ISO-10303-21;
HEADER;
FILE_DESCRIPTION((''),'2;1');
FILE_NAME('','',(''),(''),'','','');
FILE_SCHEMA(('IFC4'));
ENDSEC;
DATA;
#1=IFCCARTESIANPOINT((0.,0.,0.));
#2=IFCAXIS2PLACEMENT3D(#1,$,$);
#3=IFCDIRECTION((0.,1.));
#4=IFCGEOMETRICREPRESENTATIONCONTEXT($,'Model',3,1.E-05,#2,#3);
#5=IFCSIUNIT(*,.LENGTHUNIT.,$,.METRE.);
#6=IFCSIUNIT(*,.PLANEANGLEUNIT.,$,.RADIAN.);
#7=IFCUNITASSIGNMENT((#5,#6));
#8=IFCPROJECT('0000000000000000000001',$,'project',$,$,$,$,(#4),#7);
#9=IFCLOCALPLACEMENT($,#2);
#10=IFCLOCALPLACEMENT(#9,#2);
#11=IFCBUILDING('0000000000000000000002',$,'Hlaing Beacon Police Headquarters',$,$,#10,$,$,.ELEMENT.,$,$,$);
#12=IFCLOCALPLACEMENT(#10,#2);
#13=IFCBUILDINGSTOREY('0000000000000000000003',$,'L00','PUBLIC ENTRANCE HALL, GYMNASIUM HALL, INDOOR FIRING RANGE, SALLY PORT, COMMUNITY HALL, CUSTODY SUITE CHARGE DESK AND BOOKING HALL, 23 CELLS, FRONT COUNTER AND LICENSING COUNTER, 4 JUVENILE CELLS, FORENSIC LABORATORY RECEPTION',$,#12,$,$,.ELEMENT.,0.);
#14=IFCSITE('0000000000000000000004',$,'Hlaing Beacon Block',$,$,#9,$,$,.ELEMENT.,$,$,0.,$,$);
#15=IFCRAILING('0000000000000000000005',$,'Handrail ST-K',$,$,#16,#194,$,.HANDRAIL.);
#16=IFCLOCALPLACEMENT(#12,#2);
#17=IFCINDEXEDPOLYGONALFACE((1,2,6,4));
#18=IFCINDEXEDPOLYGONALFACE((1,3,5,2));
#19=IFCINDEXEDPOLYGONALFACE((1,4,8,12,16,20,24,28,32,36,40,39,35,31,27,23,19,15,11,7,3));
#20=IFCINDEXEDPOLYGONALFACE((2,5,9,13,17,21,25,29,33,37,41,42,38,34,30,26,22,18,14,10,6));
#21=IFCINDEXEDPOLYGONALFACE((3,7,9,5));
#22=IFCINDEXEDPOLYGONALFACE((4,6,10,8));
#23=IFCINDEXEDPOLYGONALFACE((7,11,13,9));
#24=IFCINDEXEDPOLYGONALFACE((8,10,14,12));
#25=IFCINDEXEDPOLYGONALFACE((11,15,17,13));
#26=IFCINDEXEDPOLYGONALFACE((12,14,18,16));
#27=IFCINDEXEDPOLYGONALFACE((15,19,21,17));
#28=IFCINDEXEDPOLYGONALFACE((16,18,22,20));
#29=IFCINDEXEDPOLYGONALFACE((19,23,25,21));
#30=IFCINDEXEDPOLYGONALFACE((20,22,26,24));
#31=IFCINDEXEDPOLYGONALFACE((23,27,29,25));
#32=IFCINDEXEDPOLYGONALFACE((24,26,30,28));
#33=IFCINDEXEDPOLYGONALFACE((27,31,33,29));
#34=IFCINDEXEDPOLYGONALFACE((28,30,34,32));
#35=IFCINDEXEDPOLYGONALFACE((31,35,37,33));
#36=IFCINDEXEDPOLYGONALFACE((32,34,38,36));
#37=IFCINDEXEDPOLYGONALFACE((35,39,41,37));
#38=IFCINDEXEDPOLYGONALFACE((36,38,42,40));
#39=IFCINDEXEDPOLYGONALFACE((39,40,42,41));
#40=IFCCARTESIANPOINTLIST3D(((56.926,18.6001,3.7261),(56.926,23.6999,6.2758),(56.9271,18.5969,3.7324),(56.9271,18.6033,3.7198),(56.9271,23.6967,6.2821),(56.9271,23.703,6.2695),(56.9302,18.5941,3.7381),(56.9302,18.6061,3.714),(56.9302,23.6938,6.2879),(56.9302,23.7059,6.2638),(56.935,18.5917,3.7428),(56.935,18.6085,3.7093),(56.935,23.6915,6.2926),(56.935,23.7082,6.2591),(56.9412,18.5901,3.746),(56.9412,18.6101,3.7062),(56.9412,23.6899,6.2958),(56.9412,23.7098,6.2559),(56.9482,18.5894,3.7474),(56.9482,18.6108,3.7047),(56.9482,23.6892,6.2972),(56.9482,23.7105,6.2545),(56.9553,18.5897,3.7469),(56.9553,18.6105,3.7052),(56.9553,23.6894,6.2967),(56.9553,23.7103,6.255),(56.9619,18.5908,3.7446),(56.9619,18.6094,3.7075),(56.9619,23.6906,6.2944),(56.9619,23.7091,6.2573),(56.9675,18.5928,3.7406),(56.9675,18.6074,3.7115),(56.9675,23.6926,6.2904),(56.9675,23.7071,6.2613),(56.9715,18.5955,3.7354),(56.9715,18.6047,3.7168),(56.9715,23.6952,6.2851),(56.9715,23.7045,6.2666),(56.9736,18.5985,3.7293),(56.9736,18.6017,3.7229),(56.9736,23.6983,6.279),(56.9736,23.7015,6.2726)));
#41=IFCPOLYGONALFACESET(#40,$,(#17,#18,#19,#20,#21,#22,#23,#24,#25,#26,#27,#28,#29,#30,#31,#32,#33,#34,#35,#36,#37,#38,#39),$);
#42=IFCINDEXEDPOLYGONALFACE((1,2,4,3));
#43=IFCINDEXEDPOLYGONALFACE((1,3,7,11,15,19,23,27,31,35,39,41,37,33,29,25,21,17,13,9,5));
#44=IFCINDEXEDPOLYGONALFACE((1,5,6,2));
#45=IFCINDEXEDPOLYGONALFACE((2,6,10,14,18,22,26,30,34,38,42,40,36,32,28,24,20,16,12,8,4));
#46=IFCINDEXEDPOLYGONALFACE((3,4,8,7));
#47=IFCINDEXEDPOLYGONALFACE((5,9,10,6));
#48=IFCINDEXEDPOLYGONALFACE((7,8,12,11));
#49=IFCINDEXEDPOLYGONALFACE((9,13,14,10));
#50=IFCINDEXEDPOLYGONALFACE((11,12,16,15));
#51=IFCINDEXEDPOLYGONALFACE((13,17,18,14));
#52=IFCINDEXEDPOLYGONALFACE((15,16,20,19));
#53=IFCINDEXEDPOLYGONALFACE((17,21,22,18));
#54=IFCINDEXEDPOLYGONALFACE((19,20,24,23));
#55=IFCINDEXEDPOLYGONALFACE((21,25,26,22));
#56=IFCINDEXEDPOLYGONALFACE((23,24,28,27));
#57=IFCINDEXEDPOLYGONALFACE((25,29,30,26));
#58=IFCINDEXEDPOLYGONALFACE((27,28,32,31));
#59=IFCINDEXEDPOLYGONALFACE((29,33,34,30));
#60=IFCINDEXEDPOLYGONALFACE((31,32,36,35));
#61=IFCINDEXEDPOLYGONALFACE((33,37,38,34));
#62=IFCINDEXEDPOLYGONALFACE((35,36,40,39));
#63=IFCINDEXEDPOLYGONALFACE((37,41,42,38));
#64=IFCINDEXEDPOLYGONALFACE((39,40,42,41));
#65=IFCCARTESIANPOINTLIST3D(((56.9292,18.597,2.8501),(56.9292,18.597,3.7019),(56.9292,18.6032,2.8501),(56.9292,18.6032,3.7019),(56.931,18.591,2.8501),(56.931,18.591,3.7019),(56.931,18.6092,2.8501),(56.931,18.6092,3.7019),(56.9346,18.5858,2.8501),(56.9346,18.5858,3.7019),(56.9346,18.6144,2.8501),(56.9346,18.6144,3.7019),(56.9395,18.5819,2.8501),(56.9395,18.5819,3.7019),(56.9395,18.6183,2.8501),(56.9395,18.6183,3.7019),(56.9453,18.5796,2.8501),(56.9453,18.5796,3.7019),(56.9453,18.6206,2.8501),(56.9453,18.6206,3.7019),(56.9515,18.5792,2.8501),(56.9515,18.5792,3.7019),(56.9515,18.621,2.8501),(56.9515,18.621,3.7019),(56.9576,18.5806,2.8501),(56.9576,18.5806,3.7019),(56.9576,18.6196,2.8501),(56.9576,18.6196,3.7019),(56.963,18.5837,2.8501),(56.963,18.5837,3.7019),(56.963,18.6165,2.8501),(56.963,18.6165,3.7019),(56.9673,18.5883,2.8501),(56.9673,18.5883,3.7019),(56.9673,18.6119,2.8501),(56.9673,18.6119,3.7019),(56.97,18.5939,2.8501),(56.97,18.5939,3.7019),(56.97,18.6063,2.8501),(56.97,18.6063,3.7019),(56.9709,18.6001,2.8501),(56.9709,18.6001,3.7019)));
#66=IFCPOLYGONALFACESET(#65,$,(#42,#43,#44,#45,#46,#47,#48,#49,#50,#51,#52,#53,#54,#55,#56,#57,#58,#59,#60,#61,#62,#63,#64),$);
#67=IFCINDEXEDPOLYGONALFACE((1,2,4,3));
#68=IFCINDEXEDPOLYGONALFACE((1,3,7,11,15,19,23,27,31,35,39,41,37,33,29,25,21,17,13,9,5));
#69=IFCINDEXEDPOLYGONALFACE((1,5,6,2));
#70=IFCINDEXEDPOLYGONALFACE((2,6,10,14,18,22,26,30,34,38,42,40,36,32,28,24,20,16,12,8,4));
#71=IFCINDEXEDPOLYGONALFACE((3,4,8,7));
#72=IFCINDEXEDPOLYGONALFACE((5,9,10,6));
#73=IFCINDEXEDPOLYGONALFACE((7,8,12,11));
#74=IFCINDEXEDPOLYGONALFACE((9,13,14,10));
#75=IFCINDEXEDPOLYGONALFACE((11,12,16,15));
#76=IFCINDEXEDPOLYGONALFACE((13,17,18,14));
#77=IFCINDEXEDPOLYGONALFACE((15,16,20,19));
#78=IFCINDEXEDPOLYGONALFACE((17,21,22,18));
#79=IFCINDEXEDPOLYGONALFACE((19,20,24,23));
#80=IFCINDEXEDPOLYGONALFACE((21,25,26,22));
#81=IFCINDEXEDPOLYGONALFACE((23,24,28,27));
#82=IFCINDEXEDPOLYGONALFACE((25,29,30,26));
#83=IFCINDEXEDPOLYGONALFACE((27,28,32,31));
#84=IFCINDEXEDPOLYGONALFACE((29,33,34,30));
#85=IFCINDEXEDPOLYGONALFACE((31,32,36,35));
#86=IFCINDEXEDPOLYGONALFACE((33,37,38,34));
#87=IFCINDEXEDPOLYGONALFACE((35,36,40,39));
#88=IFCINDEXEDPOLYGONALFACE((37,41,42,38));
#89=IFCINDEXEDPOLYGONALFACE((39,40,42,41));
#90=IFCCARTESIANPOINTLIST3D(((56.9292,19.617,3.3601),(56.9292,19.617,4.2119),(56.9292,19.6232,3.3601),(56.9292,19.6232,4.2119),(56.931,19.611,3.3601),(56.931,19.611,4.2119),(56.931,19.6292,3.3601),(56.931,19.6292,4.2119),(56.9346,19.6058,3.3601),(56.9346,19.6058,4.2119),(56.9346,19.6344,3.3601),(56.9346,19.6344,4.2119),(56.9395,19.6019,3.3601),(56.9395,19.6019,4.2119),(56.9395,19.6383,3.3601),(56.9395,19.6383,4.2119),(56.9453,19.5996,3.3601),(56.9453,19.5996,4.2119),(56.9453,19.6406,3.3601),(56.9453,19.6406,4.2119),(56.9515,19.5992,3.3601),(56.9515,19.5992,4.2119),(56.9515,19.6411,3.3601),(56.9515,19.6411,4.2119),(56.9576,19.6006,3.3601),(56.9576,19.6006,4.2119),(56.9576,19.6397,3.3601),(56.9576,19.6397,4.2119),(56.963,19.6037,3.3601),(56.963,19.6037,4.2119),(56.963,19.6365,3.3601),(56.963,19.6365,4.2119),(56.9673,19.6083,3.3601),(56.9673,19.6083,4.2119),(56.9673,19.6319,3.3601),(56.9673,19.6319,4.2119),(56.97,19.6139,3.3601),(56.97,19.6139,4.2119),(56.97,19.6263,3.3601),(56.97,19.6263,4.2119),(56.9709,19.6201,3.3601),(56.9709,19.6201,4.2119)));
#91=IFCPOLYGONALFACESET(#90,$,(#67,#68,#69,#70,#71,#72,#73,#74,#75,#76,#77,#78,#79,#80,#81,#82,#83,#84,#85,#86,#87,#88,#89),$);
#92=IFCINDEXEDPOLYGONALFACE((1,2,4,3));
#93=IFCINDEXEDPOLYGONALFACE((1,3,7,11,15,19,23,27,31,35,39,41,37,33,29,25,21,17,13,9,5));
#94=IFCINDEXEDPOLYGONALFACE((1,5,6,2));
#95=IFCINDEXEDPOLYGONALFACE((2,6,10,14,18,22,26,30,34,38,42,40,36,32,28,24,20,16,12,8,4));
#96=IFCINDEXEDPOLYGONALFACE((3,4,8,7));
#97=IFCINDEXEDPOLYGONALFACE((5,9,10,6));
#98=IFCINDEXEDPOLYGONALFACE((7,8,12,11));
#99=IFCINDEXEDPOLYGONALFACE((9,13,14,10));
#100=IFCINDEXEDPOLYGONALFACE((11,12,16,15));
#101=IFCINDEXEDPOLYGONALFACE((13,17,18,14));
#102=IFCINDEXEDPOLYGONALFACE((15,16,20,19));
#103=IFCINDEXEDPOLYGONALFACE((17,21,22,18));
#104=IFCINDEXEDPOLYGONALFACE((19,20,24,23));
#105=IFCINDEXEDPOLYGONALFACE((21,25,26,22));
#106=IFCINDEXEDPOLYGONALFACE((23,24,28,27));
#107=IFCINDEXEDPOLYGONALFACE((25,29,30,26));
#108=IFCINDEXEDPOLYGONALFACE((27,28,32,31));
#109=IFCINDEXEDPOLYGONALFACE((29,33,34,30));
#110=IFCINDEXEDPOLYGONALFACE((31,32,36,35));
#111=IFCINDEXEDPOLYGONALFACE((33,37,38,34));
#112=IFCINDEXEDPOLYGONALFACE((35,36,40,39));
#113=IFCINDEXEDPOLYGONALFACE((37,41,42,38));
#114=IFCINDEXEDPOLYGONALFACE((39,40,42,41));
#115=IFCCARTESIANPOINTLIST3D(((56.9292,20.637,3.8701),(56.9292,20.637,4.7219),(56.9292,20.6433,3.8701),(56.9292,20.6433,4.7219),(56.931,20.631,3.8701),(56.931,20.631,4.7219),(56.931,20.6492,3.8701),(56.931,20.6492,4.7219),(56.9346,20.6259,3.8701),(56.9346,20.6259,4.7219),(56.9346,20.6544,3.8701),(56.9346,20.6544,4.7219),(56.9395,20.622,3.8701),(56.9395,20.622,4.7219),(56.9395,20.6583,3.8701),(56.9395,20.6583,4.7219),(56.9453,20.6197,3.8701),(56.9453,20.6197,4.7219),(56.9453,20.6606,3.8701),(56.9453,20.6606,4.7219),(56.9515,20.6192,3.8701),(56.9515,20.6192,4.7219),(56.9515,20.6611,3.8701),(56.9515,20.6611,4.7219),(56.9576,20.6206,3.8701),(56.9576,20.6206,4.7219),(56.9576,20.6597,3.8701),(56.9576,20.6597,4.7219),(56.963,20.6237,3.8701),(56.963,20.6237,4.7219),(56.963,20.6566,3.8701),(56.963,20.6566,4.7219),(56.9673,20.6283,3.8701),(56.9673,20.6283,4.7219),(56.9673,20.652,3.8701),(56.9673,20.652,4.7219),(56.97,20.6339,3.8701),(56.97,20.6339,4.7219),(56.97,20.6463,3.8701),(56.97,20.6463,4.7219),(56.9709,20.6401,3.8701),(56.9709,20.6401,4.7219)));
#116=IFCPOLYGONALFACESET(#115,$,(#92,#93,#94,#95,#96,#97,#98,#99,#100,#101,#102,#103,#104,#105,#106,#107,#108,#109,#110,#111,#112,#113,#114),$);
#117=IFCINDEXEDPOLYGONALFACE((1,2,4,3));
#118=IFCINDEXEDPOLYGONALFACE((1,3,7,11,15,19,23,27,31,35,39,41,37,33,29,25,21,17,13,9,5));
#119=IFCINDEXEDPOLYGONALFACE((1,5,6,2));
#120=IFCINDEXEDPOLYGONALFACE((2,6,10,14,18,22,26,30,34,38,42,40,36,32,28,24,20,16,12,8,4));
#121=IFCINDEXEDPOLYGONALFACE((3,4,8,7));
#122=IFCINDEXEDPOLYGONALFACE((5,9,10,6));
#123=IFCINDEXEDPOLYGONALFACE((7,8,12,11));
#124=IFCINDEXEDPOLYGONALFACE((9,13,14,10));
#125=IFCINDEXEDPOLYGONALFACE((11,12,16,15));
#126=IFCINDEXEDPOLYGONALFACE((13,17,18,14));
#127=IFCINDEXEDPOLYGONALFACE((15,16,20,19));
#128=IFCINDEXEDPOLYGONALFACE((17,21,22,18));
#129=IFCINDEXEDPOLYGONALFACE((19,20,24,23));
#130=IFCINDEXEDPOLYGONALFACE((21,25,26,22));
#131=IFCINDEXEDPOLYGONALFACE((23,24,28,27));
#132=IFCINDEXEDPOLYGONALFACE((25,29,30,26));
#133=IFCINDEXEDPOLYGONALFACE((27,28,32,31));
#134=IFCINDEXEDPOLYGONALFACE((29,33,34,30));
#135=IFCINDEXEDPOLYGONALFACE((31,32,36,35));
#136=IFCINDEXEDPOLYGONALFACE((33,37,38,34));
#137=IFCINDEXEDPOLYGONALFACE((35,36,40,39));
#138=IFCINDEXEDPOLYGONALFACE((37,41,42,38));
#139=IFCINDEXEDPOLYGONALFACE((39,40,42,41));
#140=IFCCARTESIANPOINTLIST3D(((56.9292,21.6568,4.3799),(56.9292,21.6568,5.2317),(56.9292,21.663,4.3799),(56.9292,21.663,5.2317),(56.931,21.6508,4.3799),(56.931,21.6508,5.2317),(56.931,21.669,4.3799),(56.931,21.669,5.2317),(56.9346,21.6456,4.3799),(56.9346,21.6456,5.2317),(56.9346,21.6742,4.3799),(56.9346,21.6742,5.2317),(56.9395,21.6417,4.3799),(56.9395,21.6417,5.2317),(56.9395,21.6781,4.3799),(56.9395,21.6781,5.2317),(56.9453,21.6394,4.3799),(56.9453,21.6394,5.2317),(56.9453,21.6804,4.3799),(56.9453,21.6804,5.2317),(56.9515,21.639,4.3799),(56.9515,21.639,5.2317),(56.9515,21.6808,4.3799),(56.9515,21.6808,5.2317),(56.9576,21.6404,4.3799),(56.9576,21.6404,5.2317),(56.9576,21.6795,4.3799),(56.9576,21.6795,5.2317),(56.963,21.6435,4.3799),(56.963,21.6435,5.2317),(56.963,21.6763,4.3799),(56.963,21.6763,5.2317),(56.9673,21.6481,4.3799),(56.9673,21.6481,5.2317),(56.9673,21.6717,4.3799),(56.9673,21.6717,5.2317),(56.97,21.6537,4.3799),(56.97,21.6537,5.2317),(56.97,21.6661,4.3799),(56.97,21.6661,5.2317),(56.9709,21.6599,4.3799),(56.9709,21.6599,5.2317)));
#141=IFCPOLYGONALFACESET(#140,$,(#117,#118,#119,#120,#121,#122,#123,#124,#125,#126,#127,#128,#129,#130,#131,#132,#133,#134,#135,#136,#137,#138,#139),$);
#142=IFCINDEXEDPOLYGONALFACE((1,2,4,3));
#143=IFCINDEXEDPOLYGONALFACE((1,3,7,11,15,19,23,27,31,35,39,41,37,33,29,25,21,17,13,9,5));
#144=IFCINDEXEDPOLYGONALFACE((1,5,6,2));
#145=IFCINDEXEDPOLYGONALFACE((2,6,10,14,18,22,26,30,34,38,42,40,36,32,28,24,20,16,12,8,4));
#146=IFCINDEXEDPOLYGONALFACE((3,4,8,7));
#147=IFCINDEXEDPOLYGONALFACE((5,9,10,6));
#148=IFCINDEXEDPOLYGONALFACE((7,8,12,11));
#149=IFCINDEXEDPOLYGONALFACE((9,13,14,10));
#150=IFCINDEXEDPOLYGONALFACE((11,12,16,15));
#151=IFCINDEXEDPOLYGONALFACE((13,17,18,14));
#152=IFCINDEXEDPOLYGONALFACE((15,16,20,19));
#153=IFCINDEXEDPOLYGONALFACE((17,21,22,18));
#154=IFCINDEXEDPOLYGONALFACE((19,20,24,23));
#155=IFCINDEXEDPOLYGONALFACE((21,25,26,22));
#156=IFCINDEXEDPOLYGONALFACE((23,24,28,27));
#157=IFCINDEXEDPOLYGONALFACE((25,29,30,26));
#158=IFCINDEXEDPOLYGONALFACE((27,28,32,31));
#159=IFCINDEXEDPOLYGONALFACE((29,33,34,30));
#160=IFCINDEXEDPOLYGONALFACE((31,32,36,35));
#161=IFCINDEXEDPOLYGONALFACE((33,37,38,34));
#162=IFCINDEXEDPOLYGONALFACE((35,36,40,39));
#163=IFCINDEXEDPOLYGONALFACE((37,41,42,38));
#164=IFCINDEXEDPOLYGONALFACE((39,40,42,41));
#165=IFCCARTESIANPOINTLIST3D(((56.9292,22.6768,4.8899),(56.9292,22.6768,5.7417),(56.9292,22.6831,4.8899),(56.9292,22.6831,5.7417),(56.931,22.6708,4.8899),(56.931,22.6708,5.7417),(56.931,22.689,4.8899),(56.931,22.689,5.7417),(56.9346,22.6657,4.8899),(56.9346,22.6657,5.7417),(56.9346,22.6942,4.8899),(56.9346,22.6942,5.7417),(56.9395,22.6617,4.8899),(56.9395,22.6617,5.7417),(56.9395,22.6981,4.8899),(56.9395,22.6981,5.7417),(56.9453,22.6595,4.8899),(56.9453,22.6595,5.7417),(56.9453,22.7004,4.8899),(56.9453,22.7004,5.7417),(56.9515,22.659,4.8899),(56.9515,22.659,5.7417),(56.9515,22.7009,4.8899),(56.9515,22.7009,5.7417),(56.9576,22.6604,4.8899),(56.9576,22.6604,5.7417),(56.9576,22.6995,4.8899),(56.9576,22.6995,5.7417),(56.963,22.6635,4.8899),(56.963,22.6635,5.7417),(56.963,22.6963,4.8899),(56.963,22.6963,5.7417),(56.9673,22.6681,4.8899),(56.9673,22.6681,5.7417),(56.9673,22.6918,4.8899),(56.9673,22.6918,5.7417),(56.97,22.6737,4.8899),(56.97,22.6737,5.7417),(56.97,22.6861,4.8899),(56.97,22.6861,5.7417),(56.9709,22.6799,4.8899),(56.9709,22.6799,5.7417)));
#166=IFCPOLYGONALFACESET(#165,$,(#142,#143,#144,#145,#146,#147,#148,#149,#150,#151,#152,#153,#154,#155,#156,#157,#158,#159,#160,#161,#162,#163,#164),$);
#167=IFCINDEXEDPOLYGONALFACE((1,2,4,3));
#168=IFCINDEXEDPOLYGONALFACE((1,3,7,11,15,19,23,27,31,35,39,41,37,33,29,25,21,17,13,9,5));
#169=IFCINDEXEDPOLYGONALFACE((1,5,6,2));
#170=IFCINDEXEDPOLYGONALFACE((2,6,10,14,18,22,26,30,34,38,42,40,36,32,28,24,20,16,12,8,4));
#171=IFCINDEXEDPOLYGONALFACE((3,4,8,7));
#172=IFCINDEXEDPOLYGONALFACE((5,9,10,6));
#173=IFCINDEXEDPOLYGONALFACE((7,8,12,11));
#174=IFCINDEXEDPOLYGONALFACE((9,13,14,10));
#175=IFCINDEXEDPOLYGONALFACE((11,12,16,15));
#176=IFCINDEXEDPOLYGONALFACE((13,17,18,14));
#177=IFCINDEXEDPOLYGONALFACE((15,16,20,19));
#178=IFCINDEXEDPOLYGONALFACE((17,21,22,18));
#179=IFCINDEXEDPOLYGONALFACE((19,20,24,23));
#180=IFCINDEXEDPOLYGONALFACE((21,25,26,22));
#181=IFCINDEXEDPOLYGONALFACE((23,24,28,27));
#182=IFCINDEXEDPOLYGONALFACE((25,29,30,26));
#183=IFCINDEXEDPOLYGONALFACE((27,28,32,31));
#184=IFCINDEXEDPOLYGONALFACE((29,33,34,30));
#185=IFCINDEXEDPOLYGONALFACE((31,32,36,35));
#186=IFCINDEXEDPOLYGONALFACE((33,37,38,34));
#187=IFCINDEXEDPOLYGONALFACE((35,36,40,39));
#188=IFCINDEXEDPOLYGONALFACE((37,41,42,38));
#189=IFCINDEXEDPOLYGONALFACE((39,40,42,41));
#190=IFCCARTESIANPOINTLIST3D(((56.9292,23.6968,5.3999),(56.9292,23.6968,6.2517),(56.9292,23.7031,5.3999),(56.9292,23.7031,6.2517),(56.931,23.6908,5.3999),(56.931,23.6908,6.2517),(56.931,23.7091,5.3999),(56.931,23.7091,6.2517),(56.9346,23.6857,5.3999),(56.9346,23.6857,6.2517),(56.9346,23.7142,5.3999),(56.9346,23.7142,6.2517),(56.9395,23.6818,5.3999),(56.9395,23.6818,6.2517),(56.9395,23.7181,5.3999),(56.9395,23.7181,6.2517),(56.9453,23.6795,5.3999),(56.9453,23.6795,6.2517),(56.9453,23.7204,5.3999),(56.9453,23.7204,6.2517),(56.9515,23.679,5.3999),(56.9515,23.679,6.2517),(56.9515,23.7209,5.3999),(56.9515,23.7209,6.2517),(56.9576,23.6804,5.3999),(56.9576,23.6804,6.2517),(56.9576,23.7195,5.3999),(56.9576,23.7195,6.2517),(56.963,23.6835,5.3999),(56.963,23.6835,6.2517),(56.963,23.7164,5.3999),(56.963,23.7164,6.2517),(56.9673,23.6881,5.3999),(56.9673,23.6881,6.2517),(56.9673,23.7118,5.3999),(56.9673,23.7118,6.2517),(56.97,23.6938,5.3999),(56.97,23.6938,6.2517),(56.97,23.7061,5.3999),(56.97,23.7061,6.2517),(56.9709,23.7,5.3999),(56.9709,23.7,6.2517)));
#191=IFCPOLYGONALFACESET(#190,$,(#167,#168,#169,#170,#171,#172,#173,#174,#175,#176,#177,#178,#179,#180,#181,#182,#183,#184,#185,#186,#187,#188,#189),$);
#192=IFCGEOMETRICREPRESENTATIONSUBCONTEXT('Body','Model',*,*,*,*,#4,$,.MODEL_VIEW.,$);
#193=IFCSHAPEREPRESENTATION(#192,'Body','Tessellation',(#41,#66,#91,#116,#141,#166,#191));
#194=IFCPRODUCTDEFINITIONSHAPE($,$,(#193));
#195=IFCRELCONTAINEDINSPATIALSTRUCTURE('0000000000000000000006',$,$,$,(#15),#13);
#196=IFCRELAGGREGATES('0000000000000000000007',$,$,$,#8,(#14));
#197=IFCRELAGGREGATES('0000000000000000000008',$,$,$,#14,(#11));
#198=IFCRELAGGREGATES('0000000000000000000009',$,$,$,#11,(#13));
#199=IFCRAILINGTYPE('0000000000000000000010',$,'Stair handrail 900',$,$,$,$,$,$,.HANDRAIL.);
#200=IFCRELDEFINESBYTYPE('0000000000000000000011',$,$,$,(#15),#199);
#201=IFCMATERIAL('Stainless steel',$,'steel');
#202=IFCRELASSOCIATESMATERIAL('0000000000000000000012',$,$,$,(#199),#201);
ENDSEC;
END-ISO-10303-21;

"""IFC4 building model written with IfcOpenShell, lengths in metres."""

from ifc_helpers import new_model, si_unit, direction, frame, origin, origin_2d, place, context, subcontext, project, spatial, circle, extrude, material, type_object, element, save


model = new_model("IFC4")

# Units and contexts
model_context = context("Model", 3, precision=1e-05, world=origin(), true_north=direction((0.0, 1.0)))
body_context = subcontext(model_context, "Body", "Model", "MODEL_VIEW")
ifc_project = project(units=[si_unit("LENGTHUNIT", "METRE"), si_unit("PLANEANGLEUNIT", "RADIAN")], contexts=[model_context])

# Site, building, storey
site_placement = place(None, origin())
site = spatial("IfcSite", under=ifc_project, at=site_placement, Name="Hlaing Beacon Block", CompositionType="ELEMENT", RefElevation=0.0)
building_placement = place(site_placement, origin())
building = spatial("IfcBuilding", under=site, at=building_placement, Name="Hlaing Beacon Police Headquarters", CompositionType="ELEMENT")
storey_placement = place(building_placement, origin())
storey = spatial("IfcBuildingStorey", under=building, at=storey_placement, Name="L00", Description="PUBLIC ENTRANCE HALL, GYMNASIUM HALL, INDOOR FIRING RANGE, SALLY PORT, COMMUNITY HALL, CUSTODY SUITE CHARGE DESK AND BOOKING HALL, 23 CELLS, FRONT COUNTER AND LICENSING COUNTER, 4 JUVENILE CELLS, FORENSIC LABORATORY RECEPTION", CompositionType="ELEMENT", Elevation=0.0)

# Railing
ifc_material_1 = material(Name="Stainless steel", Category="steel")
railing_type_1 = type_object("IfcRailingType", Name="Stair handrail 900", PredefinedType="HANDRAIL", material=ifc_material_1)
for number, where, name in (
    (1, (56.95, 18.6001, 2.8501), "Handrail ST-K"),
):
    element("IfcRailing", number, at=place(storey_placement, frame(where)), inside=storey, type_object=railing_type_1, Name=name, PredefinedType="HANDRAIL", context=body_context, shape_type="SweptSolid", body=[
        extrude(circle(Radius=0.0239, at=origin_2d()), frame((0.0, 0.0, 0.876), z_axis=(0.0, 0.894436, 0.447196), x_axis=(-1.0, 0.0, 0.0)), (0.0, 0.0, 1.0), 5.7017),
        extrude(circle(Radius=0.021, at=origin_2d()), origin(), (0.0, 0.0, 1.0), 0.8518),
        extrude(circle(Radius=0.021, at=origin_2d()), frame((0.0, 1.02, 0.51)), (0.0, 0.0, 1.0), 0.8518),
        extrude(circle(Radius=0.021, at=origin_2d()), frame((0.0, 2.04, 1.02)), (0.0, 0.0, 1.0), 0.8518),
        extrude(circle(Radius=0.021, at=origin_2d()), frame((0.0, 3.0598, 1.5298)), (0.0, 0.0, 1.0), 0.8518),
        extrude(circle(Radius=0.021, at=origin_2d()), frame((0.0, 4.0798, 2.0398)), (0.0, 0.0, 1.0), 0.8518),
        extrude(circle(Radius=0.021, at=origin_2d()), frame((0.0, 5.0999, 2.5498)), (0.0, 0.0, 1.0), 0.8518),
    ])

save(model, "model.ifc")
